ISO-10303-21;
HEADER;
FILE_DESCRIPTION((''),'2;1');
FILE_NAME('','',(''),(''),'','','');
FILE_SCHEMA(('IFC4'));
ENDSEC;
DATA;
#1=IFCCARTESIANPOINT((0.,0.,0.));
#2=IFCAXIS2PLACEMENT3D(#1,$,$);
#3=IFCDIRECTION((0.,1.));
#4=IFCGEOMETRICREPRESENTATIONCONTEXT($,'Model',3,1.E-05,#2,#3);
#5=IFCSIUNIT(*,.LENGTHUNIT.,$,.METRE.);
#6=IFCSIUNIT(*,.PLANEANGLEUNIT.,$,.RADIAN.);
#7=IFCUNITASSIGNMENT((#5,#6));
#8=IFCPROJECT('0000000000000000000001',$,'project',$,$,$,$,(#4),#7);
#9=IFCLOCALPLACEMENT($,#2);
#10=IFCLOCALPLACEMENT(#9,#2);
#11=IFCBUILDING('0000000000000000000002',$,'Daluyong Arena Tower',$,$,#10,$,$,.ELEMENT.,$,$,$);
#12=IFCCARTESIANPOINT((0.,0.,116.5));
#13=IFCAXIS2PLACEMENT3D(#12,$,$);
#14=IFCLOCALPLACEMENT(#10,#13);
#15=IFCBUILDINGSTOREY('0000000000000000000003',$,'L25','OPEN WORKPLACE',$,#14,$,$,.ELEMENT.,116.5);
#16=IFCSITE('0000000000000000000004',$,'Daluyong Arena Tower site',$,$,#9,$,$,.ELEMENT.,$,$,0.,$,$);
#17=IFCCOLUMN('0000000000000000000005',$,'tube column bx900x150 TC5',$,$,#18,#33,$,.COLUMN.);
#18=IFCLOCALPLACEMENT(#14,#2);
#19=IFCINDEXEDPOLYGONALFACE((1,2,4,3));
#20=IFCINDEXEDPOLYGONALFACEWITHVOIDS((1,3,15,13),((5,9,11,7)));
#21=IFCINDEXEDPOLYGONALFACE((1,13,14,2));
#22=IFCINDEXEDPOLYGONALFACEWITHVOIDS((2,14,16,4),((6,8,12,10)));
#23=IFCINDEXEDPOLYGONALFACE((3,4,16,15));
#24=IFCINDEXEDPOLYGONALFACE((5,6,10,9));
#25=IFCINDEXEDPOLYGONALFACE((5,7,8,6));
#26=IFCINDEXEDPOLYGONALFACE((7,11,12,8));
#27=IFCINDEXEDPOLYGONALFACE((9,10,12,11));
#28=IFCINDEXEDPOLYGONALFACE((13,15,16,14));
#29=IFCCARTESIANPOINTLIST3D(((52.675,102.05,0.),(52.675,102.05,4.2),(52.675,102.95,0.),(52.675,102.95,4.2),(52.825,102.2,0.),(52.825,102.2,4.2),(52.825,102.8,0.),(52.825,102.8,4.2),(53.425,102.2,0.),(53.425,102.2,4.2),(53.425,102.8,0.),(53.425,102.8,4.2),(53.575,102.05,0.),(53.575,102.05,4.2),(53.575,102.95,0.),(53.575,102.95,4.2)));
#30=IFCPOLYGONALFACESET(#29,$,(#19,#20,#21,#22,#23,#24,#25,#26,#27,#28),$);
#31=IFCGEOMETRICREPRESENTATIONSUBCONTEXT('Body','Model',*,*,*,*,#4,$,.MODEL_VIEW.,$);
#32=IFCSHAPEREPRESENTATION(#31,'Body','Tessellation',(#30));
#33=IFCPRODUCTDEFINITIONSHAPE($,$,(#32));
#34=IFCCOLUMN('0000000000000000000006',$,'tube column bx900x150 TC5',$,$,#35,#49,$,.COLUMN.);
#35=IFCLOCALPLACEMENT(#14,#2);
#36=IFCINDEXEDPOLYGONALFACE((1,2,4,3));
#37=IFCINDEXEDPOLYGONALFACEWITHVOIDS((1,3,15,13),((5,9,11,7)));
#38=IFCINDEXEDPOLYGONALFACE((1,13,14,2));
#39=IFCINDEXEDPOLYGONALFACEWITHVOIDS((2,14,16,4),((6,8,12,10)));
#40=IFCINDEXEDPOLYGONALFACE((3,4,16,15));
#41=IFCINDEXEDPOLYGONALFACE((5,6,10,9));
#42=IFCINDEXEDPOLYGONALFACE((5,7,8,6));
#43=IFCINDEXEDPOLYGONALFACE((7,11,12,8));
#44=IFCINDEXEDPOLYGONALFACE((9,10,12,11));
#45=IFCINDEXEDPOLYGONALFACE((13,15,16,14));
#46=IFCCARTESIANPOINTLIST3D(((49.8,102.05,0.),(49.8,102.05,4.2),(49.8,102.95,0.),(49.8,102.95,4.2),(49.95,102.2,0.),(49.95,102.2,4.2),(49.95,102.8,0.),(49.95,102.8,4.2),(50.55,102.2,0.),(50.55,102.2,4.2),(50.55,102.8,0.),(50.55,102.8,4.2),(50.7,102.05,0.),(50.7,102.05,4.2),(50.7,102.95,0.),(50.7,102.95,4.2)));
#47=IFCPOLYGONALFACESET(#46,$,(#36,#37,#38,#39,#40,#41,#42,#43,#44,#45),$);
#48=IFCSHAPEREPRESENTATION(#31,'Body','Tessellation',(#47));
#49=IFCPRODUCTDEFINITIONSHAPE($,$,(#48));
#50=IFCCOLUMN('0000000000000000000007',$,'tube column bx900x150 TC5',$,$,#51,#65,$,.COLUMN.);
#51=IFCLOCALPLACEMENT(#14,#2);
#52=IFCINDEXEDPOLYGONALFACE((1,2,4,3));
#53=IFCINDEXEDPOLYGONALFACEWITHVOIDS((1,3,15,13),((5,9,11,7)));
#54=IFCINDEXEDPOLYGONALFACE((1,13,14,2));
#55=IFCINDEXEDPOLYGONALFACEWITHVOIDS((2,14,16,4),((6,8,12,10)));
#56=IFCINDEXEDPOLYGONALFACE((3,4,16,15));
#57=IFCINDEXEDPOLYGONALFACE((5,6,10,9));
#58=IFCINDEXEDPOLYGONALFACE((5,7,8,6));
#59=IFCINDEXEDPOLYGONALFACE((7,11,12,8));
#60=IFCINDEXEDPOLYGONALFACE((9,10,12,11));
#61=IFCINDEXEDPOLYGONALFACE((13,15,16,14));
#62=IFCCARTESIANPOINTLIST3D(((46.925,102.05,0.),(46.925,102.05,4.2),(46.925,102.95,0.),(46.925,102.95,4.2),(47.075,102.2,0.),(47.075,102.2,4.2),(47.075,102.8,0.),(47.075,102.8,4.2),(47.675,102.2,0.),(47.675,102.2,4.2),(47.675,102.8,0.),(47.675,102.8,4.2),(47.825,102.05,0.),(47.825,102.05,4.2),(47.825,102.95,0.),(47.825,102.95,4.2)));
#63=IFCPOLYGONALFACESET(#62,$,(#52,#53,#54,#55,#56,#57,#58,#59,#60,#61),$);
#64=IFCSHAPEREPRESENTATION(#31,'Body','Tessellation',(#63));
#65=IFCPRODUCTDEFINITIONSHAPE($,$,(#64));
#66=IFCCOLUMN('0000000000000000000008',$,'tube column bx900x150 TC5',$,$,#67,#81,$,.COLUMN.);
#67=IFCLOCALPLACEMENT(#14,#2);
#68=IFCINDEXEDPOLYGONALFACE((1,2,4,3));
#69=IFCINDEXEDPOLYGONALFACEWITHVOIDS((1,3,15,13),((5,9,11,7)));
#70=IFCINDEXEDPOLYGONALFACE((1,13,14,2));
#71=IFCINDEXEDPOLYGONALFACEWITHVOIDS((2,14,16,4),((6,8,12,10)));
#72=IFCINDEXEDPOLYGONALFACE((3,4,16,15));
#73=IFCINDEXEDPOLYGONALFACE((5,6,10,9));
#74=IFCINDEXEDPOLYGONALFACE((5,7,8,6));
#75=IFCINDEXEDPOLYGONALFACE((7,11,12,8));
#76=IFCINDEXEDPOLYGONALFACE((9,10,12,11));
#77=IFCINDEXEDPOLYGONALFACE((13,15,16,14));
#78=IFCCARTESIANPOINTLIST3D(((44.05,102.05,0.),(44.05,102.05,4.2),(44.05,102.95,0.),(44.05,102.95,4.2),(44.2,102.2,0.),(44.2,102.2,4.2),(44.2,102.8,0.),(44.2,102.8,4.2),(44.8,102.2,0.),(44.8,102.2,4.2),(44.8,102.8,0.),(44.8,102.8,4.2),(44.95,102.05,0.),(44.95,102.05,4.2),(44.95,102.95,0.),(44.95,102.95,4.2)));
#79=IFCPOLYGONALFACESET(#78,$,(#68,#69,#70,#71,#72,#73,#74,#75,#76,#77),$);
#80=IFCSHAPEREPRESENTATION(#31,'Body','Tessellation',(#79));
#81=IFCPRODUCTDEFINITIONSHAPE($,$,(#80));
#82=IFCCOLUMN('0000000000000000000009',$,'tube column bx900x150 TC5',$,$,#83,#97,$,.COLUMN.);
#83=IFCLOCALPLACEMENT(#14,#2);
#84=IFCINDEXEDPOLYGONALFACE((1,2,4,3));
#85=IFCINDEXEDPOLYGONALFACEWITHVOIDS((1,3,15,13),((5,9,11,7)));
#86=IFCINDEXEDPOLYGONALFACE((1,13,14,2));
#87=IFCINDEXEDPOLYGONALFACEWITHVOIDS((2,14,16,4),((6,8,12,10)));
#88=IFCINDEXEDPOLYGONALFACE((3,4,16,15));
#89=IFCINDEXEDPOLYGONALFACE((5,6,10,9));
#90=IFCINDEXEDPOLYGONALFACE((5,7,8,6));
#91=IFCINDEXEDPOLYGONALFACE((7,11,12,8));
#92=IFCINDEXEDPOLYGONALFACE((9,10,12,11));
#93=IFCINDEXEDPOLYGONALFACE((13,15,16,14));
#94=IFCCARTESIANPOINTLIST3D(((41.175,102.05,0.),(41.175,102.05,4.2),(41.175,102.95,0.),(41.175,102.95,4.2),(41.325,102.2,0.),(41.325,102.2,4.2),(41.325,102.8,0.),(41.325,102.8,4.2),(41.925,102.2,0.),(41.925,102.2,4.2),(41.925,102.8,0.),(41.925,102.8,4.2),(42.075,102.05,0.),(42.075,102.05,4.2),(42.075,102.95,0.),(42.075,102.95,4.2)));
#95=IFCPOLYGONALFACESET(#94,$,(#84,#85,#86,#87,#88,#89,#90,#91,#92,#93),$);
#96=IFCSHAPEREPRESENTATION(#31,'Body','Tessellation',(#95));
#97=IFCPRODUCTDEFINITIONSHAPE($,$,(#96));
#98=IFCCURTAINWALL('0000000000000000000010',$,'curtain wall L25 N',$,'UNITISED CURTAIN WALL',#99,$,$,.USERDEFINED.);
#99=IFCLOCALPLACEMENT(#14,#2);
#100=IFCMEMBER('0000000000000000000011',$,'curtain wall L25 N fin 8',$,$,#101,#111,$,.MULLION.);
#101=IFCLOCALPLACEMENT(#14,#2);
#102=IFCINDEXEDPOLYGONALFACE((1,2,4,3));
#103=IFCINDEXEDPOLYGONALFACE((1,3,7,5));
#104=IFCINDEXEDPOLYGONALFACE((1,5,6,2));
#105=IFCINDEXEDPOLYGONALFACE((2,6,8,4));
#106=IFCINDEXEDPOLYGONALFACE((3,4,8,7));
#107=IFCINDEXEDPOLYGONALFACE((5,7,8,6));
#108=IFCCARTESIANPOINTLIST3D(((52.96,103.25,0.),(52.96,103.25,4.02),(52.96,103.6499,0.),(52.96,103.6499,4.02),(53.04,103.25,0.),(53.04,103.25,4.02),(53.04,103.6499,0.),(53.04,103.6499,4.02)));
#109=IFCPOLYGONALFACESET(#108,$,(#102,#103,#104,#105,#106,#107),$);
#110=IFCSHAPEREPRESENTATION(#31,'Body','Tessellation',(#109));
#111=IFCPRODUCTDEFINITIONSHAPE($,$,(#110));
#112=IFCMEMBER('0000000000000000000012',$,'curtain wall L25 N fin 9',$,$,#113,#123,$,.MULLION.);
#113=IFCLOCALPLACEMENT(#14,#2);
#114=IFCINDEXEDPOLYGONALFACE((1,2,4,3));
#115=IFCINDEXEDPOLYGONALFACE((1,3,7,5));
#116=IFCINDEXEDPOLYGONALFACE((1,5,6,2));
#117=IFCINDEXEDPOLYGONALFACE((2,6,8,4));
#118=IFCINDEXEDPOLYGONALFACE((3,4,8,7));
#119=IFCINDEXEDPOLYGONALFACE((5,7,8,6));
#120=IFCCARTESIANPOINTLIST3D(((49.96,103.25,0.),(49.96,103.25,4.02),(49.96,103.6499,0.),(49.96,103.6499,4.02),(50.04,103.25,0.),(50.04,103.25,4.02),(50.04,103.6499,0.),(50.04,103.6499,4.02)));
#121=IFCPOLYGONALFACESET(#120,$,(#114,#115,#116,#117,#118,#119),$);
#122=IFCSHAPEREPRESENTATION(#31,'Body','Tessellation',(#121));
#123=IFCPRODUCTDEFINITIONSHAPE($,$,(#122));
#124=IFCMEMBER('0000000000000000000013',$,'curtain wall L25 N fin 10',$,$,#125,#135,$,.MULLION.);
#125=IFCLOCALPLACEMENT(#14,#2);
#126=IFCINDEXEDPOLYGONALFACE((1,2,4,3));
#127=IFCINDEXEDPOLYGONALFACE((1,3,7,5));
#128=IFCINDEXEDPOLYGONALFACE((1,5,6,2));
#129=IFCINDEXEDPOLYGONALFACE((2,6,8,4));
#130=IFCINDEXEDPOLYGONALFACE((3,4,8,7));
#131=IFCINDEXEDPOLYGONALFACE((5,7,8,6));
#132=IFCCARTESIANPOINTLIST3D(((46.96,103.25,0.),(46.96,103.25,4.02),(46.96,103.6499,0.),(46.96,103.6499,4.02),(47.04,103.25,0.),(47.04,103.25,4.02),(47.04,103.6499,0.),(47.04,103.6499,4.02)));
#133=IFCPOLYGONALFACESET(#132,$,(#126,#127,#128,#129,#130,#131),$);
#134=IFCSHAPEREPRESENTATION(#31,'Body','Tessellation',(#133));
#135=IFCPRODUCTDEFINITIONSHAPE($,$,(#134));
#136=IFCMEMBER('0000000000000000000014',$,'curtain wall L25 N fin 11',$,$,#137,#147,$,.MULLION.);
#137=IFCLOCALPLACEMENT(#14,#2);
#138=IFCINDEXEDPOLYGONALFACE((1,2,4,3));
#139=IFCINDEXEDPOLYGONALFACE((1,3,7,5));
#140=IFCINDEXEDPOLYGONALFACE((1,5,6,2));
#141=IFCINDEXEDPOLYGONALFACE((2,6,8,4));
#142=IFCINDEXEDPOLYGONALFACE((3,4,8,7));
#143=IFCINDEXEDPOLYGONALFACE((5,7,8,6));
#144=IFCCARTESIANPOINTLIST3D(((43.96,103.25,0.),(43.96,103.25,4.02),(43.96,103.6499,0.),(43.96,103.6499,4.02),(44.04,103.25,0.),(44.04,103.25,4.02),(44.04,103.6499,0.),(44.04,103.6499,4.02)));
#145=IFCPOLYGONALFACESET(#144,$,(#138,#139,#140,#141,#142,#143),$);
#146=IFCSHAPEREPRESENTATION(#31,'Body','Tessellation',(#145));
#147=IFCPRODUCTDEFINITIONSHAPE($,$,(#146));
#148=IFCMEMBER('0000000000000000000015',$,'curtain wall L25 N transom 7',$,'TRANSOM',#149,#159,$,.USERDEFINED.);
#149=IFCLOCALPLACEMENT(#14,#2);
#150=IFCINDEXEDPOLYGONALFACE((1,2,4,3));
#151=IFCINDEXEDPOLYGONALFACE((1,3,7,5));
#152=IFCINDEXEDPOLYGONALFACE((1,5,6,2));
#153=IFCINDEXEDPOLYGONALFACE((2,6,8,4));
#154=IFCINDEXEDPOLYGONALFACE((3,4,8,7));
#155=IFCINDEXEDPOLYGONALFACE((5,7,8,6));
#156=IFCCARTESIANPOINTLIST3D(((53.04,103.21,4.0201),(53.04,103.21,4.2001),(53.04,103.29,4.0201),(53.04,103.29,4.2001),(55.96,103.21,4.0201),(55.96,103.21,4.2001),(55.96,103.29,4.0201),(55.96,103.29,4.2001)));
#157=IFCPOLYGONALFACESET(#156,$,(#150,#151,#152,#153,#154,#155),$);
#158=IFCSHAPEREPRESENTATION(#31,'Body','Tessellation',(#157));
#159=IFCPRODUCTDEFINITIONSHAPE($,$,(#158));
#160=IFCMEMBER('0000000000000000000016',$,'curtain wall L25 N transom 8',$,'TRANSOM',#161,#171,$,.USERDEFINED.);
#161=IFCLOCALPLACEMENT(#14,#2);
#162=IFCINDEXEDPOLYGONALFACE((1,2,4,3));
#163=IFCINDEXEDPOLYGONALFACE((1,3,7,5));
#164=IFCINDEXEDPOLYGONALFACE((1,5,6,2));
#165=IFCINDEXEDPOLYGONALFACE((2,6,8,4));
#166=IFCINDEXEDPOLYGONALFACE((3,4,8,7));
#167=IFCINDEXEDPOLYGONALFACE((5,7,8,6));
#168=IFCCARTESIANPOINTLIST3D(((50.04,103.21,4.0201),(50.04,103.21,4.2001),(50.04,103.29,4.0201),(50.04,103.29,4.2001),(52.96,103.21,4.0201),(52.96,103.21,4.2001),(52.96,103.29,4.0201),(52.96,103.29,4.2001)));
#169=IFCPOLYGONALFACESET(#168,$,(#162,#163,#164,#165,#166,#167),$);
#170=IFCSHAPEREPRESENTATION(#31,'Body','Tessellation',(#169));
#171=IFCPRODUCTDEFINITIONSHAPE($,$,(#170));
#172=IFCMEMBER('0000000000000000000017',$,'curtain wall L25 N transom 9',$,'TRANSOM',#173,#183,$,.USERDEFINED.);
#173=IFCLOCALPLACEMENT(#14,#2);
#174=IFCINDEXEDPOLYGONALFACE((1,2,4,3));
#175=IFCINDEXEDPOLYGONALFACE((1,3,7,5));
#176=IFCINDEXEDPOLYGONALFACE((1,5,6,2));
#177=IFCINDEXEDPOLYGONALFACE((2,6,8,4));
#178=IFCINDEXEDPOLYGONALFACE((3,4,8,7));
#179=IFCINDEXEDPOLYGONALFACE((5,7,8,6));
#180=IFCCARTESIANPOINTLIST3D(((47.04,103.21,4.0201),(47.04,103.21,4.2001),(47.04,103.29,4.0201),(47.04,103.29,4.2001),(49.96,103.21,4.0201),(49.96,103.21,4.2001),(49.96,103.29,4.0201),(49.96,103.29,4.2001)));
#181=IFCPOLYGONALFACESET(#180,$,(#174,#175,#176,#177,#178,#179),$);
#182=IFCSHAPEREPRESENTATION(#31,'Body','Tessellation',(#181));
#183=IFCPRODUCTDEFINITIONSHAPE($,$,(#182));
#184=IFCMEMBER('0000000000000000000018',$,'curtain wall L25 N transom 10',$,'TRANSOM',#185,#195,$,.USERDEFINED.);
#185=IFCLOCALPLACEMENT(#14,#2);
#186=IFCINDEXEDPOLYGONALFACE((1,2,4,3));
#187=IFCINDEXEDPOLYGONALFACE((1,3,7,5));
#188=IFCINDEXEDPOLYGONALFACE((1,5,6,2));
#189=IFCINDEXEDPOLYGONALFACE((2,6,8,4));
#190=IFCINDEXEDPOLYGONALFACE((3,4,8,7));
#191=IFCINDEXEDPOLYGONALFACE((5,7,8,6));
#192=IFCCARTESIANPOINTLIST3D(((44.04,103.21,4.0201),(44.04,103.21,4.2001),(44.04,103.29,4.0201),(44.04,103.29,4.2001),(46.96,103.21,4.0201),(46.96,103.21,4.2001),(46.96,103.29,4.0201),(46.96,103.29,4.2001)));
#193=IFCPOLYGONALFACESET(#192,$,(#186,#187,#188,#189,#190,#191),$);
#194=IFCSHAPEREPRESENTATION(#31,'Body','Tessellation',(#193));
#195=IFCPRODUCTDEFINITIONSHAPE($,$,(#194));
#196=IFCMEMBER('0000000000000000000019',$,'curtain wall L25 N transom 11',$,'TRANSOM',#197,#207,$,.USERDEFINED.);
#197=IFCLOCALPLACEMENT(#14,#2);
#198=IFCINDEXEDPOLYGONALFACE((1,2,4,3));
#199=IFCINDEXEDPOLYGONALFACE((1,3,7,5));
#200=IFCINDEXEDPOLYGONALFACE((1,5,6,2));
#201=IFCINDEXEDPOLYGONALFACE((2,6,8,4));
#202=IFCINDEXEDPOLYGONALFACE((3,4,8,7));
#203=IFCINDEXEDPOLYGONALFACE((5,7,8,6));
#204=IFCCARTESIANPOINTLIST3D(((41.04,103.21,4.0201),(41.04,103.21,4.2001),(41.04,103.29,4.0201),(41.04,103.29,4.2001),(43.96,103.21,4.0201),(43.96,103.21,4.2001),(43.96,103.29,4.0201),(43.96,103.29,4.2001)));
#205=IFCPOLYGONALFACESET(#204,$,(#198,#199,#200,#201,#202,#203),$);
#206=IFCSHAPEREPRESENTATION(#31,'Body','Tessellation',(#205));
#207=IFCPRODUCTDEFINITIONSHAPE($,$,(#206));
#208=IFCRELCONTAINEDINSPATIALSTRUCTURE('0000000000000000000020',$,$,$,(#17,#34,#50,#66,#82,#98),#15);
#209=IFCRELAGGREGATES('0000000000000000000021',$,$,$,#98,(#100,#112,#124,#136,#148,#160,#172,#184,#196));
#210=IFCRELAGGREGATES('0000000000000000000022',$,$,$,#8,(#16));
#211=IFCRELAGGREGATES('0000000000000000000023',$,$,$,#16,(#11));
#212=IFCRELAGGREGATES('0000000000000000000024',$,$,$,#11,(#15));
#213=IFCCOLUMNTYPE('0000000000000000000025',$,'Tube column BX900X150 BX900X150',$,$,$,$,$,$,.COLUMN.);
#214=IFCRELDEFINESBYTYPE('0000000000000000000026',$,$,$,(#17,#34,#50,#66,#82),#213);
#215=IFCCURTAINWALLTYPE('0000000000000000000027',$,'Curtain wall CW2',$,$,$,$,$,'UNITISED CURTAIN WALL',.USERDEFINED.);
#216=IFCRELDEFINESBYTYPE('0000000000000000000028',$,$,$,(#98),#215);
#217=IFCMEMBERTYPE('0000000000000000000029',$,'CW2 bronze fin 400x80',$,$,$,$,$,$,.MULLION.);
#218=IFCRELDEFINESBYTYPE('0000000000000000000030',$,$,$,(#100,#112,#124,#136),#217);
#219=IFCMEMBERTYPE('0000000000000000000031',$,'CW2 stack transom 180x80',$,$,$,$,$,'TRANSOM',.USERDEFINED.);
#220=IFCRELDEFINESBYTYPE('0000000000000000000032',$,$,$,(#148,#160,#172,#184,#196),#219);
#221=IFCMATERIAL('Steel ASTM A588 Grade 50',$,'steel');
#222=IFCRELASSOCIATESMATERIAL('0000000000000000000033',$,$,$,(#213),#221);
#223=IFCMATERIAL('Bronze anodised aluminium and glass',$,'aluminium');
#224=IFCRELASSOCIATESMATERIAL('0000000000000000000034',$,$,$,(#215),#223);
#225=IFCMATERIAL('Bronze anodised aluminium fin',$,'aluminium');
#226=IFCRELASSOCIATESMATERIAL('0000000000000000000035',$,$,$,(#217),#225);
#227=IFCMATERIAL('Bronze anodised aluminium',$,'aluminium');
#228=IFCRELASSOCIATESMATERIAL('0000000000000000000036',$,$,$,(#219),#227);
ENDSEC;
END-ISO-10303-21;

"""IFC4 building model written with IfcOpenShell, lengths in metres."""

from ifc_helpers import new_model, si_unit, direction, frame, origin, origin_2d, place, context, subcontext, project, spatial, rectangle, hollow_rectangle, extrude, material, material_profile, profile_set, type_object, element, aggregate, save


model = new_model("IFC4")

# Units and contexts
model_context = context("Model", 3, precision=1e-05, world=origin(), true_north=direction((0.0, 1.0)))
body_context = subcontext(model_context, "Body", "Model", "MODEL_VIEW")
ifc_project = project(units=[si_unit("LENGTHUNIT", "METRE"), si_unit("PLANEANGLEUNIT", "RADIAN")], contexts=[model_context])

# Site, building, storey
site_placement = place(None, origin())
site = spatial("IfcSite", under=ifc_project, at=site_placement, Name="Daluyong Arena Tower site", CompositionType="ELEMENT", RefElevation=0.0)
building_placement = place(site_placement, origin())
building = spatial("IfcBuilding", under=site, at=building_placement, Name="Daluyong Arena Tower", CompositionType="ELEMENT")
storey_placement = place(building_placement, frame((0.0, 0.0, 116.5)))
storey = spatial("IfcBuildingStorey", under=building, at=storey_placement, Name="L25", Description="OPEN WORKPLACE", CompositionType="ELEMENT", Elevation=116.5)

# Columns
ifc_material_1 = material(Name="Steel ASTM A588 Grade 50", Category="steel")
ifc_material_profile_1 = material_profile(ifc_material_1, hollow_rectangle(XDim=0.8999, YDim=0.8999, WallThickness=0.15, at=origin_2d()))
ifc_profile_set_1 = profile_set([ifc_material_profile_1], Name="Steel ASTM A588 Grade 50")
column_type = type_object("IfcColumnType", Name="Tube column BX900X150 BX900X150", PredefinedType="COLUMN", material=ifc_profile_set_1)
for number, where, z_axis, x_axis, name in (
    (1, (53.125, 102.5, 0.0), (0.0, 0.0, 1.0), (1.0, 0.0, 0.0), "tube column bx900x150 TC5"),
    (2, (50.25, 102.5, 0.0), (0.0, 0.0, 1.0), (1.0, 0.0, 0.0), "tube column bx900x150 TC5"),
    (3, (47.375, 102.5, 0.0), (0.0, 0.0, 1.0), (1.0, 0.0, 0.0), "tube column bx900x150 TC5"),
    (4, (44.5, 102.5, 0.0), (0.0, 0.0, 1.0), (1.0, 0.0, 0.0), "tube column bx900x150 TC5"),
    (5, (41.625, 102.5, 0.0), (0.0, 0.0, 1.0), (1.0, 0.0, 0.0), "tube column bx900x150 TC5"),
):
    element("IfcColumn", number, at=place(storey_placement, frame(where, z_axis=z_axis, x_axis=x_axis)), inside=storey, type_object=column_type, Name=name, PredefinedType="COLUMN", context=body_context, shape_type="SweptSolid", body=[
        extrude(hollow_rectangle(XDim=0.8999, YDim=0.8999, WallThickness=0.15, at=origin_2d()), origin(), (0.0, 0.0, 1.0), 4.2),
    ])

# Curtain wall, members
ifc_material_2 = material(Name="Bronze anodised aluminium and glass", Category="aluminium")
curtain_wall_type = type_object("IfcCurtainWallType", Name="Curtain wall CW2", ElementType="UNITISED CURTAIN WALL", PredefinedType="USERDEFINED", material=ifc_material_2)
curtain_wall_placement = place(storey_placement, origin())
curtain_wall = element("IfcCurtainWall", 6, at=curtain_wall_placement, inside=storey, type_object=curtain_wall_type, Name="curtain wall L25 N", ObjectType="UNITISED CURTAIN WALL", PredefinedType="USERDEFINED")
ifc_material_3 = material(Name="Bronze anodised aluminium fin", Category="aluminium")
ifc_material_profile_2 = material_profile(ifc_material_3, rectangle(XDim=0.3999, YDim=0.0801, at=origin_2d()))
ifc_profile_set_2 = profile_set([ifc_material_profile_2], Name="Bronze anodised aluminium fin")
member_type_1 = type_object("IfcMemberType", Name="CW2 bronze fin 400x80", PredefinedType="MULLION", material=ifc_profile_set_2)
member_1_placement = place(storey_placement, frame((53.0, 103.45, 0.0), z_axis=(0.0, 0.0, 1.0), x_axis=(0.0, -1.0, 0.0)))
member_1 = element("IfcMember", 7, at=member_1_placement, type_object=member_type_1, Name="curtain wall L25 N fin 8", PredefinedType="MULLION", context=body_context, shape_type="SweptSolid", body=[
    extrude(rectangle(XDim=0.3999, YDim=0.0801, at=origin_2d()), origin(), (0.0, 0.0, 1.0), 4.02),
])
member_2_placement = place(storey_placement, frame((50.0, 103.45, 0.0), z_axis=(0.0, 0.0, 1.0), x_axis=(0.0, -1.0, 0.0)))
member_2 = element("IfcMember", 8, at=member_2_placement, type_object=member_type_1, Name="curtain wall L25 N fin 9", PredefinedType="MULLION", context=body_context, shape_type="SweptSolid", body=[
    extrude(rectangle(XDim=0.3999, YDim=0.0801, at=origin_2d()), origin(), (0.0, 0.0, 1.0), 4.02),
])
member_3_placement = place(storey_placement, frame((47.0, 103.45, 0.0), z_axis=(0.0, 0.0, 1.0), x_axis=(0.0, -1.0, 0.0)))
member_3 = element("IfcMember", 9, at=member_3_placement, type_object=member_type_1, Name="curtain wall L25 N fin 10", PredefinedType="MULLION", context=body_context, shape_type="SweptSolid", body=[
    extrude(rectangle(XDim=0.3999, YDim=0.0801, at=origin_2d()), origin(), (0.0, 0.0, 1.0), 4.02),
])
member_4_placement = place(storey_placement, frame((44.0, 103.45, 0.0), z_axis=(0.0, 0.0, 1.0), x_axis=(0.0, -1.0, 0.0)))
member_4 = element("IfcMember", 10, at=member_4_placement, type_object=member_type_1, Name="curtain wall L25 N fin 11", PredefinedType="MULLION", context=body_context, shape_type="SweptSolid", body=[
    extrude(rectangle(XDim=0.3999, YDim=0.0801, at=origin_2d()), origin(), (0.0, 0.0, 1.0), 4.02),
])
ifc_material_4 = material(Name="Bronze anodised aluminium", Category="aluminium")
ifc_material_profile_3 = material_profile(ifc_material_4, rectangle(XDim=0.0801, YDim=0.1799, at=origin_2d()))
ifc_profile_set_3 = profile_set([ifc_material_profile_3], Name="Bronze anodised aluminium")
member_type_2 = type_object("IfcMemberType", Name="CW2 stack transom 180x80", ElementType="TRANSOM", PredefinedType="USERDEFINED", material=ifc_profile_set_3)
member_5_placement = place(storey_placement, frame((55.96, 103.25, 4.1101), z_axis=(-1.0, 0.0, 0.0), x_axis=(0.0, -1.0, 0.0)))
member_5 = element("IfcMember", 11, at=member_5_placement, type_object=member_type_2, Name="curtain wall L25 N transom 7", ObjectType="TRANSOM", PredefinedType="USERDEFINED", context=body_context, shape_type="SweptSolid", body=[
    extrude(rectangle(XDim=0.0801, YDim=0.1799, at=origin_2d()), origin(), (0.0, 0.0, 1.0), 2.9199),
])
member_6_placement = place(storey_placement, frame((52.96, 103.25, 4.1101), z_axis=(-1.0, 0.0, 0.0), x_axis=(0.0, -1.0, 0.0)))
member_6 = element("IfcMember", 12, at=member_6_placement, type_object=member_type_2, Name="curtain wall L25 N transom 8", ObjectType="TRANSOM", PredefinedType="USERDEFINED", context=body_context, shape_type="SweptSolid", body=[
    extrude(rectangle(XDim=0.0801, YDim=0.1799, at=origin_2d()), origin(), (0.0, 0.0, 1.0), 2.9199),
])
member_7_placement = place(storey_placement, frame((49.96, 103.25, 4.1101), z_axis=(-1.0, 0.0, 0.0), x_axis=(0.0, -1.0, 0.0)))
member_7 = element("IfcMember", 13, at=member_7_placement, type_object=member_type_2, Name="curtain wall L25 N transom 9", ObjectType="TRANSOM", PredefinedType="USERDEFINED", context=body_context, shape_type="SweptSolid", body=[
    extrude(rectangle(XDim=0.0801, YDim=0.1799, at=origin_2d()), origin(), (0.0, 0.0, 1.0), 2.9199),
])
member_8_placement = place(storey_placement, frame((46.96, 103.25, 4.1101), z_axis=(-1.0, 0.0, 0.0), x_axis=(0.0, -1.0, 0.0)))
member_8 = element("IfcMember", 14, at=member_8_placement, type_object=member_type_2, Name="curtain wall L25 N transom 10", ObjectType="TRANSOM", PredefinedType="USERDEFINED", context=body_context, shape_type="SweptSolid", body=[
    extrude(rectangle(XDim=0.0801, YDim=0.1799, at=origin_2d()), origin(), (0.0, 0.0, 1.0), 2.9199),
])
member_9_placement = place(storey_placement, frame((43.96, 103.25, 4.1101), z_axis=(-1.0, 0.0, 0.0), x_axis=(0.0, -1.0, 0.0)))
member_9 = element("IfcMember", 15, at=member_9_placement, type_object=member_type_2, Name="curtain wall L25 N transom 11", ObjectType="TRANSOM", PredefinedType="USERDEFINED", context=body_context, shape_type="SweptSolid", body=[
    extrude(rectangle(XDim=0.0801, YDim=0.1799, at=origin_2d()), origin(), (0.0, 0.0, 1.0), 2.9199),
])

aggregate(curtain_wall, [member_1, member_2, member_3, member_4, member_5, member_6, member_7, member_8, member_9])

save(model, "model.ifc")
